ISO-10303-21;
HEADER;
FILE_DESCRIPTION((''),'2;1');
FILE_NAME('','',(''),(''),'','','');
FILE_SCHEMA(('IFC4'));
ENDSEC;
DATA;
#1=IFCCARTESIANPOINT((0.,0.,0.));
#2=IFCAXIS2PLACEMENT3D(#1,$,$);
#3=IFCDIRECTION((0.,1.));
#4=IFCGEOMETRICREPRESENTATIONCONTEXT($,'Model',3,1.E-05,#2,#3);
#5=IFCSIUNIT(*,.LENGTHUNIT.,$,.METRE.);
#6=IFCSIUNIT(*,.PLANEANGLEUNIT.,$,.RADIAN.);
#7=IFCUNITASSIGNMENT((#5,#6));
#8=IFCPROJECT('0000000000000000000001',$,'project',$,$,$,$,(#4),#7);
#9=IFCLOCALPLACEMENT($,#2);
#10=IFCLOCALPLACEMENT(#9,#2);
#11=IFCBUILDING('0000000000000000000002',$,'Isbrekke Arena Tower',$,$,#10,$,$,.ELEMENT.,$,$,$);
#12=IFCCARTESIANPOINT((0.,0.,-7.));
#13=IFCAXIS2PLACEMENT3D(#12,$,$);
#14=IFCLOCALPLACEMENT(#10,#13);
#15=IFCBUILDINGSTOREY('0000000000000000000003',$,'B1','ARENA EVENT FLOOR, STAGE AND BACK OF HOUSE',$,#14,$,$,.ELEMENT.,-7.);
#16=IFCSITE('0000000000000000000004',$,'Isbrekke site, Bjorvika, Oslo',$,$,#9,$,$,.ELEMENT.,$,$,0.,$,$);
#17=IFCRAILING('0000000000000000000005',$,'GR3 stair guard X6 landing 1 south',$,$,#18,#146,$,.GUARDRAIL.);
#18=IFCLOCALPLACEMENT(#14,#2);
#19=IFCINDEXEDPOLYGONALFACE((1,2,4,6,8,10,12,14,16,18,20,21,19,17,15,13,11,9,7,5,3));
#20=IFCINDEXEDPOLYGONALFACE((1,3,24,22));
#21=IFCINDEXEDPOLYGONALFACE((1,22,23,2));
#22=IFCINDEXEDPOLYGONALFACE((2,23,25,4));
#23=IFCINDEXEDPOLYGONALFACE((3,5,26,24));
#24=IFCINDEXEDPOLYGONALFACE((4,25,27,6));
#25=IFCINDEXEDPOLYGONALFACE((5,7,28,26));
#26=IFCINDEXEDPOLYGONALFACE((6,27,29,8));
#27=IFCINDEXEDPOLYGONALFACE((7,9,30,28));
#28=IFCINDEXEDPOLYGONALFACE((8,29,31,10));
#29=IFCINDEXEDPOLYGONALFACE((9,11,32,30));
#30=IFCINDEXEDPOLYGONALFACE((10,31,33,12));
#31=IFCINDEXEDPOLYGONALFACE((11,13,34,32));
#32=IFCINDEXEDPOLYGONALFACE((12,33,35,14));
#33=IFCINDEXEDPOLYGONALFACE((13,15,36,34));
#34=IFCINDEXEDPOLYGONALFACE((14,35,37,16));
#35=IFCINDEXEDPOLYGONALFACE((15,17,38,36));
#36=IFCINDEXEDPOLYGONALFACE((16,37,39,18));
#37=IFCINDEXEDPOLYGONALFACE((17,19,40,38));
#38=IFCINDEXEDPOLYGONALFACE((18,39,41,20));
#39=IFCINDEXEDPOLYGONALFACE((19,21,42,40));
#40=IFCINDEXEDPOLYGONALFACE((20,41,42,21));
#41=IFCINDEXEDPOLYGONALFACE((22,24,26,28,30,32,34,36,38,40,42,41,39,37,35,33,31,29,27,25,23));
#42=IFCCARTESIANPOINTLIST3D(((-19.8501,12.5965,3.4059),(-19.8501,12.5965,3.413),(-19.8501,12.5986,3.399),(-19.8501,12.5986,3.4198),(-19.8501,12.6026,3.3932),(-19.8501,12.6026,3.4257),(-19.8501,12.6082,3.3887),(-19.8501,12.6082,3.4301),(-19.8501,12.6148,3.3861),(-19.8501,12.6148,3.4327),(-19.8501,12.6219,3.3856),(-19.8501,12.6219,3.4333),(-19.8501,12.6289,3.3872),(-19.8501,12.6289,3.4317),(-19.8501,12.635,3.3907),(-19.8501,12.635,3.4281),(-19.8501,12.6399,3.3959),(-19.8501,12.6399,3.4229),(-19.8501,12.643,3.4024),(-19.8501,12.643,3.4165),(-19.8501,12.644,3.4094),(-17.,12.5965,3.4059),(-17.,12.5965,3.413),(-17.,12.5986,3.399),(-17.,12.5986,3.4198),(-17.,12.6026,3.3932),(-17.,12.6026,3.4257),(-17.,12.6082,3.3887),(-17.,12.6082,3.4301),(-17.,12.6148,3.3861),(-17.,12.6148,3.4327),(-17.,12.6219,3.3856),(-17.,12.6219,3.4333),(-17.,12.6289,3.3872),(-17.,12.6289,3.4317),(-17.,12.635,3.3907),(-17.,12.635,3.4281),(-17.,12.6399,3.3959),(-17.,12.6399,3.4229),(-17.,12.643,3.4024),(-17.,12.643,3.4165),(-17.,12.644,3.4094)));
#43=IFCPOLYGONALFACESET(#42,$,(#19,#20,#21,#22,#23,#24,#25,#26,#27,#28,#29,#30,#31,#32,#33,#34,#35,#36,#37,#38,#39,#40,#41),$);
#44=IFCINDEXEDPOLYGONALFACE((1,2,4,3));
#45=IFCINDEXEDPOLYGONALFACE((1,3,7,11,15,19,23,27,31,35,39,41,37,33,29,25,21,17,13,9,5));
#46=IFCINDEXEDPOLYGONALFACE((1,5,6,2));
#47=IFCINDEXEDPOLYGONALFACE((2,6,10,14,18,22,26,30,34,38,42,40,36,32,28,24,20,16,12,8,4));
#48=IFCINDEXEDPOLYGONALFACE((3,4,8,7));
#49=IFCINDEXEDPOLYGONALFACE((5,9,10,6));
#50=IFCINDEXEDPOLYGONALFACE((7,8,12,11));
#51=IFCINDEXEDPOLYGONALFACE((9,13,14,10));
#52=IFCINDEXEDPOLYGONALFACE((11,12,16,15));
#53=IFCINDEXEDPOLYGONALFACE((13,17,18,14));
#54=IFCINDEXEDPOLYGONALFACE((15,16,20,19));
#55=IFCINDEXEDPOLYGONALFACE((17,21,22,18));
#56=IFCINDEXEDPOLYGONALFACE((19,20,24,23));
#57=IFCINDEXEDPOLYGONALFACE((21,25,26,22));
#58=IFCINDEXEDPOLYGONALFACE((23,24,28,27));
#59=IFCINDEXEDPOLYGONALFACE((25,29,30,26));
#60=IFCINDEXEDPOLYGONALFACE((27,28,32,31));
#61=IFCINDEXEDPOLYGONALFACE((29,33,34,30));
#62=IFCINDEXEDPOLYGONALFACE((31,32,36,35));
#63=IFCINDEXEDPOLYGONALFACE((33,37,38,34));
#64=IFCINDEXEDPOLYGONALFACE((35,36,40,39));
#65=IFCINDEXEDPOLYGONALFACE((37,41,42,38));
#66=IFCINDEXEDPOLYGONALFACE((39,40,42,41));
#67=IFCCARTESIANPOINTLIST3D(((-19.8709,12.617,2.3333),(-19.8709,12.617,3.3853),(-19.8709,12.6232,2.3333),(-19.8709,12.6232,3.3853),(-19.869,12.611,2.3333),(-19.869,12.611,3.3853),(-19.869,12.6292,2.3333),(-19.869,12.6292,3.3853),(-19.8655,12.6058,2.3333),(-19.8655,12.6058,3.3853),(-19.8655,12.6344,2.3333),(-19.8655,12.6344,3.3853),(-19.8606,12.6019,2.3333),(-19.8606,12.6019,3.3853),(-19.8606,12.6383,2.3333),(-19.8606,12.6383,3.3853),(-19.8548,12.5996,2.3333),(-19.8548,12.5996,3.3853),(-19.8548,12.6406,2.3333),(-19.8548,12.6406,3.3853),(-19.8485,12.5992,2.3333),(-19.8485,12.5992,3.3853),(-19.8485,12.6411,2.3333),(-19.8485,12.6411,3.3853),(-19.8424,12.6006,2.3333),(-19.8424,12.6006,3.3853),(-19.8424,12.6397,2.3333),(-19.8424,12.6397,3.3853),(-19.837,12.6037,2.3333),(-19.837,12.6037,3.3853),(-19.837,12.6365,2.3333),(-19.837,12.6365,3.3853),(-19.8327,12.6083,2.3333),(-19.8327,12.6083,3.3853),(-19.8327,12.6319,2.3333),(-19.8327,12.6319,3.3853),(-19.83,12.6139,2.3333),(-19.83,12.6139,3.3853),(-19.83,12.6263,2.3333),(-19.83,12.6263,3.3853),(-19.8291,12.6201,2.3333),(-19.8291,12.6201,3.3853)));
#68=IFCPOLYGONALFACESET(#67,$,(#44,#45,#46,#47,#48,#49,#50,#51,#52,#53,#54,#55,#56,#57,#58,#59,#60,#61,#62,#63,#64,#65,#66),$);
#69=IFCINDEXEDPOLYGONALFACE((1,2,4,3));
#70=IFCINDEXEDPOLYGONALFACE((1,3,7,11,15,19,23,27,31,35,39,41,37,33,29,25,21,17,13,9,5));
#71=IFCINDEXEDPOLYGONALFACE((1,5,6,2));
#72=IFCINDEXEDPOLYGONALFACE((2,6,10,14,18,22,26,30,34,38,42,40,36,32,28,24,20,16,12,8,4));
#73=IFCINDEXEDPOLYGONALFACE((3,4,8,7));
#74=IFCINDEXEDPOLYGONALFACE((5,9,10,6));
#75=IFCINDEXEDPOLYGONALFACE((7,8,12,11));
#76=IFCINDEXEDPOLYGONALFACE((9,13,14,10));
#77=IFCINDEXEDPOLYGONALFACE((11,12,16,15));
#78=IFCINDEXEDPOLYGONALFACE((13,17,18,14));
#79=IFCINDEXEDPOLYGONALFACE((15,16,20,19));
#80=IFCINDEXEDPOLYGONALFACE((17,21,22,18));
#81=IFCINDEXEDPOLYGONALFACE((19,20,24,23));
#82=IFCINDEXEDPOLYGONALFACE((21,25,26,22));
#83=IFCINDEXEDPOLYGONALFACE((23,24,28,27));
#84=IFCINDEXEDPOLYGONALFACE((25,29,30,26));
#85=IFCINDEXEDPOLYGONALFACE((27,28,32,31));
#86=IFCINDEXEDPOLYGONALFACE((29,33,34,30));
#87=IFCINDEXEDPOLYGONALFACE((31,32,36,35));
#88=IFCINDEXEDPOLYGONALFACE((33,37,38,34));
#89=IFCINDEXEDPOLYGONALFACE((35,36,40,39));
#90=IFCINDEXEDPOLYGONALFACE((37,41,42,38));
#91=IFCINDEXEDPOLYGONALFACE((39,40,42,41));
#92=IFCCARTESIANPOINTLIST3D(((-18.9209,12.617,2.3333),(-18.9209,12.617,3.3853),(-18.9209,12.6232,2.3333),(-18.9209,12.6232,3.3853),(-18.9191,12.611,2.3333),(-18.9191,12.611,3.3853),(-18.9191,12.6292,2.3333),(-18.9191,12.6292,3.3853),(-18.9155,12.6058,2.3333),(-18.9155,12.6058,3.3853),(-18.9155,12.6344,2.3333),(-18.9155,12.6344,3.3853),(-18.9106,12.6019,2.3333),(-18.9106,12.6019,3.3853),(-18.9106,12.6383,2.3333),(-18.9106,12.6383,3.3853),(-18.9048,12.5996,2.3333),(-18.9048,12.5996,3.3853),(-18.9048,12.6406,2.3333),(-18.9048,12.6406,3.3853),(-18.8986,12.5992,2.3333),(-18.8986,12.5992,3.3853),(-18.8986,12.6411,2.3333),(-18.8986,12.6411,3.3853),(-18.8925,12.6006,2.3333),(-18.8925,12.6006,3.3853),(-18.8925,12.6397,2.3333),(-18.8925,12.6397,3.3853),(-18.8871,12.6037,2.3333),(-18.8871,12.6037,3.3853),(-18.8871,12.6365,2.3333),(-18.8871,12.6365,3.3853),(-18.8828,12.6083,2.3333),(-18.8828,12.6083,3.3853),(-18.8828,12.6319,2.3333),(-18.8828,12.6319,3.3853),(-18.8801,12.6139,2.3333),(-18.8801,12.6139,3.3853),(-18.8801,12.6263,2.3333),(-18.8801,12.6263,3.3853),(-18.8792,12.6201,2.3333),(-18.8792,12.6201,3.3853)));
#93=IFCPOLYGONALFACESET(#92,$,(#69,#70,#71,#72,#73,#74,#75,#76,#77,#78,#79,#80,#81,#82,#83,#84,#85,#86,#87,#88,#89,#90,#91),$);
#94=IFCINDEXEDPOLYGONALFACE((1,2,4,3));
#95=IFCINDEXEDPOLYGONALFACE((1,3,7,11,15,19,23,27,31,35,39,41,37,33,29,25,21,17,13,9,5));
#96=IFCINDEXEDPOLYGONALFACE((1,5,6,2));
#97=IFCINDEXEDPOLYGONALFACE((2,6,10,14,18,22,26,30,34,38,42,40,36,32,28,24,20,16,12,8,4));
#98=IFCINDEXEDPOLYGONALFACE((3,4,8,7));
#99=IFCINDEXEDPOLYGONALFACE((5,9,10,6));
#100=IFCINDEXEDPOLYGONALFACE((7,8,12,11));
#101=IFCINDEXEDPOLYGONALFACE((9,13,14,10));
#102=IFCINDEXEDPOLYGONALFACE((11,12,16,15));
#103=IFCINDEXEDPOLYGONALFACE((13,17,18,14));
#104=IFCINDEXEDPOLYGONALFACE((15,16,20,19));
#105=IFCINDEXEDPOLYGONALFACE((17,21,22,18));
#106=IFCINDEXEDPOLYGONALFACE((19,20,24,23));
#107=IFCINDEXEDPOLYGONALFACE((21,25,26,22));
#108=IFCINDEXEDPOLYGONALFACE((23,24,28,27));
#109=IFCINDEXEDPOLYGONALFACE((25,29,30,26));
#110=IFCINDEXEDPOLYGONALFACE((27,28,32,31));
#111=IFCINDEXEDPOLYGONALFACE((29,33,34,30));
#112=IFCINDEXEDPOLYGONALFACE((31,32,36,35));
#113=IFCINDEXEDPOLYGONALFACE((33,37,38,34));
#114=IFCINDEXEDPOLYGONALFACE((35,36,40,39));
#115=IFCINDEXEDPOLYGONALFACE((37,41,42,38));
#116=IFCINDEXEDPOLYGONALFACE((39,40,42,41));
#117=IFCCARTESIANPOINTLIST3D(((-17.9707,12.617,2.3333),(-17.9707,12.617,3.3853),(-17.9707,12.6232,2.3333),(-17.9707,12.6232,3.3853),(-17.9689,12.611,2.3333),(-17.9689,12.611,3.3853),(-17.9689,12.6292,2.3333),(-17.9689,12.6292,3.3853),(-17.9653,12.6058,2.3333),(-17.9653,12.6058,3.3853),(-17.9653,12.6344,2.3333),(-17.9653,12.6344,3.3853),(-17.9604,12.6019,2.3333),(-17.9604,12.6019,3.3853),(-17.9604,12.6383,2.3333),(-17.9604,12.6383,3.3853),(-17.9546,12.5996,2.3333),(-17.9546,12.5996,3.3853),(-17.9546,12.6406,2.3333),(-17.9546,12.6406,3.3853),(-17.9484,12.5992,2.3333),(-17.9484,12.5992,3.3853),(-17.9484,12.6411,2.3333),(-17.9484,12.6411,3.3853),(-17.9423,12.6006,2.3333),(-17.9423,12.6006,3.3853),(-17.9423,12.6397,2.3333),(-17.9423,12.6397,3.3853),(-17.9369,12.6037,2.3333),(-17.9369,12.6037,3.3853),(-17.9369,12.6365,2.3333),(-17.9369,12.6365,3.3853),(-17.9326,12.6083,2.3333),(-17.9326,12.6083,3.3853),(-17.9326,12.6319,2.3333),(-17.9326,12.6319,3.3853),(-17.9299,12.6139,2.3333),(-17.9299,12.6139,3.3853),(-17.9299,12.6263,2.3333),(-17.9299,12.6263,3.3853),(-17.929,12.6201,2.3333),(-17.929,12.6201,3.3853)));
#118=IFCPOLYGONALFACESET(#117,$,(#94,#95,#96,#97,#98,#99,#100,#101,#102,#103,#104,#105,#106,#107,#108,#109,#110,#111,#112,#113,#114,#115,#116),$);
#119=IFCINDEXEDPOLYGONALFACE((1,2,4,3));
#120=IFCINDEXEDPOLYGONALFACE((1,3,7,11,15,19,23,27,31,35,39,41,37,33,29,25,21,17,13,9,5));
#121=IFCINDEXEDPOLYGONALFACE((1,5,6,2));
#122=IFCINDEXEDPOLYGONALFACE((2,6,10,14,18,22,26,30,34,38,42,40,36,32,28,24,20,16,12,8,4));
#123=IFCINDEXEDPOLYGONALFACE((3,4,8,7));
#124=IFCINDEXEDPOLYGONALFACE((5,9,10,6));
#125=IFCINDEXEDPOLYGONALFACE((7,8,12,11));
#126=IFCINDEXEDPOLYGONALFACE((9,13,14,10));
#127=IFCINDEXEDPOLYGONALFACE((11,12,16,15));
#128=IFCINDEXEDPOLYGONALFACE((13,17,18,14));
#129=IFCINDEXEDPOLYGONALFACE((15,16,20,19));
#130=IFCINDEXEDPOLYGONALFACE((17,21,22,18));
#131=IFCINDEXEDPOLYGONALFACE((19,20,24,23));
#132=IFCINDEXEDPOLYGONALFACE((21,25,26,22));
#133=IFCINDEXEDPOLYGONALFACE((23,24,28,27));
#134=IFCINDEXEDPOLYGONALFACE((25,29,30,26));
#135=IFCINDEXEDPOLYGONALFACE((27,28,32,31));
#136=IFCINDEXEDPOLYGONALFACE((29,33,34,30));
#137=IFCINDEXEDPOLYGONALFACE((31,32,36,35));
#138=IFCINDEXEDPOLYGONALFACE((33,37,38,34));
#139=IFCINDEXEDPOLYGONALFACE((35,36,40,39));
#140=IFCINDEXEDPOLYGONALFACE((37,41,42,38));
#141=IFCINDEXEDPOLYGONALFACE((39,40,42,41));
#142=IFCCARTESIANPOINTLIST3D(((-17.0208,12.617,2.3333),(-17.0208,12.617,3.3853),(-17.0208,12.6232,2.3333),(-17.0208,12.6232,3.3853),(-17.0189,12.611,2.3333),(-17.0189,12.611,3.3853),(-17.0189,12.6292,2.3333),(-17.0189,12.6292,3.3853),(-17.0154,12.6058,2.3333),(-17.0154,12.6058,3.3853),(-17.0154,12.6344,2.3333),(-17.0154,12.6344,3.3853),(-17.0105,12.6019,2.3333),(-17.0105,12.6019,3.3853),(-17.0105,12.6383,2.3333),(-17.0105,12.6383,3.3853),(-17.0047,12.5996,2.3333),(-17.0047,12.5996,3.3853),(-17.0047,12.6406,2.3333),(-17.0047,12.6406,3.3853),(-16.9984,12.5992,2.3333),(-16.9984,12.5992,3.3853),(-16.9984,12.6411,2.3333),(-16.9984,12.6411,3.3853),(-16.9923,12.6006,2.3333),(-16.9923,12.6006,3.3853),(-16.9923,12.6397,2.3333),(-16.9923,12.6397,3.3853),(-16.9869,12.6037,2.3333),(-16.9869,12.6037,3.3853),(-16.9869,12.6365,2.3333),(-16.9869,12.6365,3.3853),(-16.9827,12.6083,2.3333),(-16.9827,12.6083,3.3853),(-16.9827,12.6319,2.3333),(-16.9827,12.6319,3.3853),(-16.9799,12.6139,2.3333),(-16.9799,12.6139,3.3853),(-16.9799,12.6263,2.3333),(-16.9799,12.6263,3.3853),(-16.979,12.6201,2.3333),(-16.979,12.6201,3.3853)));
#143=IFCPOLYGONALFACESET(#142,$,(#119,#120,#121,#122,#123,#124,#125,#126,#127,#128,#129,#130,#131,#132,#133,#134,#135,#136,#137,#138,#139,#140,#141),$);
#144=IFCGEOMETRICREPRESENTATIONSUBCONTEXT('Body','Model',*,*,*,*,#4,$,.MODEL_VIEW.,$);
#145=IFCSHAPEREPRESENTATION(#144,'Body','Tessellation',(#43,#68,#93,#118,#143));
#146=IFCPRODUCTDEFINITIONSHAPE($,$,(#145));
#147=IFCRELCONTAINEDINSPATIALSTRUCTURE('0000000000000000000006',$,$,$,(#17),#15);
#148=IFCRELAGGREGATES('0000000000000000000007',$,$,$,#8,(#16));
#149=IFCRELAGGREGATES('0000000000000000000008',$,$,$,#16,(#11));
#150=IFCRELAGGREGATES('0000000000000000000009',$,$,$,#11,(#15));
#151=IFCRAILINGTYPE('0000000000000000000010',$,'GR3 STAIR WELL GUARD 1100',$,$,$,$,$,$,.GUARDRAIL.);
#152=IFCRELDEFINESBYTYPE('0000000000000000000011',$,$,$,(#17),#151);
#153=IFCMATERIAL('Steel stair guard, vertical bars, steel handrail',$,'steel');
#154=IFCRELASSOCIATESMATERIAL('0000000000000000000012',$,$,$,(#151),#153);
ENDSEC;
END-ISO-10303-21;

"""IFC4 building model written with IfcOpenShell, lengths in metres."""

from ifc_helpers import new_model, si_unit, direction, frame, origin, origin_2d, place, context, subcontext, project, spatial, circle, extrude, material, type_object, element, save


model = new_model("IFC4")

# Units and contexts
model_context = context("Model", 3, precision=1e-05, world=origin(), true_north=direction((0.0, 1.0)))
body_context = subcontext(model_context, "Body", "Model", "MODEL_VIEW")
ifc_project = project(units=[si_unit("LENGTHUNIT", "METRE"), si_unit("PLANEANGLEUNIT", "RADIAN")], contexts=[model_context])

# Site, building, storey
site_placement = place(None, origin())
site = spatial("IfcSite", under=ifc_project, at=site_placement, Name="Isbrekke site, Bjorvika, Oslo", CompositionType="ELEMENT", RefElevation=0.0)
building_placement = place(site_placement, origin())
building = spatial("IfcBuilding", under=site, at=building_placement, Name="Isbrekke Arena Tower", CompositionType="ELEMENT")
storey_placement = place(building_placement, frame((0.0, 0.0, -7.0)))
storey = spatial("IfcBuildingStorey", under=building, at=storey_placement, Name="B1", Description="ARENA EVENT FLOOR, STAGE AND BACK OF HOUSE", CompositionType="ELEMENT", Elevation=-7.0)

# Railing
ifc_material_1 = material(Name="Steel stair guard, vertical bars, steel handrail", Category="steel")
railing_type = type_object("IfcRailingType", Name="GR3 STAIR WELL GUARD 1100", PredefinedType="GUARDRAIL", material=ifc_material_1)
railing_1_placement = place(storey_placement, frame((-19.8501, 12.6201, 2.3333)))
element("IfcRailing", 1, at=railing_1_placement, inside=storey, type_object=railing_type, Name="GR3 stair guard X6 landing 1 south", PredefinedType="GUARDRAIL", context=body_context, shape_type="SweptSolid", body=[
    extrude(circle(Radius=0.0239, at=origin_2d()), frame((0.0, 0.0, 1.0762), z_axis=(1.0, 0.0, 0.0), x_axis=(0.0, 1.0, 0.0)), (0.0, 0.0, 1.0), 2.8501),
    extrude(circle(Radius=0.021, at=origin_2d()), origin(), (0.0, 0.0, 1.0), 1.052),
    extrude(circle(Radius=0.021, at=origin_2d()), frame((0.95, 0.0, 0.0)), (0.0, 0.0, 1.0), 1.052),
    extrude(circle(Radius=0.021, at=origin_2d()), frame((1.9001, 0.0, 0.0)), (0.0, 0.0, 1.0), 1.052),
    extrude(circle(Radius=0.021, at=origin_2d()), frame((2.8501, 0.0, 0.0)), (0.0, 0.0, 1.0), 1.052),
])

save(model, "model.ifc")
